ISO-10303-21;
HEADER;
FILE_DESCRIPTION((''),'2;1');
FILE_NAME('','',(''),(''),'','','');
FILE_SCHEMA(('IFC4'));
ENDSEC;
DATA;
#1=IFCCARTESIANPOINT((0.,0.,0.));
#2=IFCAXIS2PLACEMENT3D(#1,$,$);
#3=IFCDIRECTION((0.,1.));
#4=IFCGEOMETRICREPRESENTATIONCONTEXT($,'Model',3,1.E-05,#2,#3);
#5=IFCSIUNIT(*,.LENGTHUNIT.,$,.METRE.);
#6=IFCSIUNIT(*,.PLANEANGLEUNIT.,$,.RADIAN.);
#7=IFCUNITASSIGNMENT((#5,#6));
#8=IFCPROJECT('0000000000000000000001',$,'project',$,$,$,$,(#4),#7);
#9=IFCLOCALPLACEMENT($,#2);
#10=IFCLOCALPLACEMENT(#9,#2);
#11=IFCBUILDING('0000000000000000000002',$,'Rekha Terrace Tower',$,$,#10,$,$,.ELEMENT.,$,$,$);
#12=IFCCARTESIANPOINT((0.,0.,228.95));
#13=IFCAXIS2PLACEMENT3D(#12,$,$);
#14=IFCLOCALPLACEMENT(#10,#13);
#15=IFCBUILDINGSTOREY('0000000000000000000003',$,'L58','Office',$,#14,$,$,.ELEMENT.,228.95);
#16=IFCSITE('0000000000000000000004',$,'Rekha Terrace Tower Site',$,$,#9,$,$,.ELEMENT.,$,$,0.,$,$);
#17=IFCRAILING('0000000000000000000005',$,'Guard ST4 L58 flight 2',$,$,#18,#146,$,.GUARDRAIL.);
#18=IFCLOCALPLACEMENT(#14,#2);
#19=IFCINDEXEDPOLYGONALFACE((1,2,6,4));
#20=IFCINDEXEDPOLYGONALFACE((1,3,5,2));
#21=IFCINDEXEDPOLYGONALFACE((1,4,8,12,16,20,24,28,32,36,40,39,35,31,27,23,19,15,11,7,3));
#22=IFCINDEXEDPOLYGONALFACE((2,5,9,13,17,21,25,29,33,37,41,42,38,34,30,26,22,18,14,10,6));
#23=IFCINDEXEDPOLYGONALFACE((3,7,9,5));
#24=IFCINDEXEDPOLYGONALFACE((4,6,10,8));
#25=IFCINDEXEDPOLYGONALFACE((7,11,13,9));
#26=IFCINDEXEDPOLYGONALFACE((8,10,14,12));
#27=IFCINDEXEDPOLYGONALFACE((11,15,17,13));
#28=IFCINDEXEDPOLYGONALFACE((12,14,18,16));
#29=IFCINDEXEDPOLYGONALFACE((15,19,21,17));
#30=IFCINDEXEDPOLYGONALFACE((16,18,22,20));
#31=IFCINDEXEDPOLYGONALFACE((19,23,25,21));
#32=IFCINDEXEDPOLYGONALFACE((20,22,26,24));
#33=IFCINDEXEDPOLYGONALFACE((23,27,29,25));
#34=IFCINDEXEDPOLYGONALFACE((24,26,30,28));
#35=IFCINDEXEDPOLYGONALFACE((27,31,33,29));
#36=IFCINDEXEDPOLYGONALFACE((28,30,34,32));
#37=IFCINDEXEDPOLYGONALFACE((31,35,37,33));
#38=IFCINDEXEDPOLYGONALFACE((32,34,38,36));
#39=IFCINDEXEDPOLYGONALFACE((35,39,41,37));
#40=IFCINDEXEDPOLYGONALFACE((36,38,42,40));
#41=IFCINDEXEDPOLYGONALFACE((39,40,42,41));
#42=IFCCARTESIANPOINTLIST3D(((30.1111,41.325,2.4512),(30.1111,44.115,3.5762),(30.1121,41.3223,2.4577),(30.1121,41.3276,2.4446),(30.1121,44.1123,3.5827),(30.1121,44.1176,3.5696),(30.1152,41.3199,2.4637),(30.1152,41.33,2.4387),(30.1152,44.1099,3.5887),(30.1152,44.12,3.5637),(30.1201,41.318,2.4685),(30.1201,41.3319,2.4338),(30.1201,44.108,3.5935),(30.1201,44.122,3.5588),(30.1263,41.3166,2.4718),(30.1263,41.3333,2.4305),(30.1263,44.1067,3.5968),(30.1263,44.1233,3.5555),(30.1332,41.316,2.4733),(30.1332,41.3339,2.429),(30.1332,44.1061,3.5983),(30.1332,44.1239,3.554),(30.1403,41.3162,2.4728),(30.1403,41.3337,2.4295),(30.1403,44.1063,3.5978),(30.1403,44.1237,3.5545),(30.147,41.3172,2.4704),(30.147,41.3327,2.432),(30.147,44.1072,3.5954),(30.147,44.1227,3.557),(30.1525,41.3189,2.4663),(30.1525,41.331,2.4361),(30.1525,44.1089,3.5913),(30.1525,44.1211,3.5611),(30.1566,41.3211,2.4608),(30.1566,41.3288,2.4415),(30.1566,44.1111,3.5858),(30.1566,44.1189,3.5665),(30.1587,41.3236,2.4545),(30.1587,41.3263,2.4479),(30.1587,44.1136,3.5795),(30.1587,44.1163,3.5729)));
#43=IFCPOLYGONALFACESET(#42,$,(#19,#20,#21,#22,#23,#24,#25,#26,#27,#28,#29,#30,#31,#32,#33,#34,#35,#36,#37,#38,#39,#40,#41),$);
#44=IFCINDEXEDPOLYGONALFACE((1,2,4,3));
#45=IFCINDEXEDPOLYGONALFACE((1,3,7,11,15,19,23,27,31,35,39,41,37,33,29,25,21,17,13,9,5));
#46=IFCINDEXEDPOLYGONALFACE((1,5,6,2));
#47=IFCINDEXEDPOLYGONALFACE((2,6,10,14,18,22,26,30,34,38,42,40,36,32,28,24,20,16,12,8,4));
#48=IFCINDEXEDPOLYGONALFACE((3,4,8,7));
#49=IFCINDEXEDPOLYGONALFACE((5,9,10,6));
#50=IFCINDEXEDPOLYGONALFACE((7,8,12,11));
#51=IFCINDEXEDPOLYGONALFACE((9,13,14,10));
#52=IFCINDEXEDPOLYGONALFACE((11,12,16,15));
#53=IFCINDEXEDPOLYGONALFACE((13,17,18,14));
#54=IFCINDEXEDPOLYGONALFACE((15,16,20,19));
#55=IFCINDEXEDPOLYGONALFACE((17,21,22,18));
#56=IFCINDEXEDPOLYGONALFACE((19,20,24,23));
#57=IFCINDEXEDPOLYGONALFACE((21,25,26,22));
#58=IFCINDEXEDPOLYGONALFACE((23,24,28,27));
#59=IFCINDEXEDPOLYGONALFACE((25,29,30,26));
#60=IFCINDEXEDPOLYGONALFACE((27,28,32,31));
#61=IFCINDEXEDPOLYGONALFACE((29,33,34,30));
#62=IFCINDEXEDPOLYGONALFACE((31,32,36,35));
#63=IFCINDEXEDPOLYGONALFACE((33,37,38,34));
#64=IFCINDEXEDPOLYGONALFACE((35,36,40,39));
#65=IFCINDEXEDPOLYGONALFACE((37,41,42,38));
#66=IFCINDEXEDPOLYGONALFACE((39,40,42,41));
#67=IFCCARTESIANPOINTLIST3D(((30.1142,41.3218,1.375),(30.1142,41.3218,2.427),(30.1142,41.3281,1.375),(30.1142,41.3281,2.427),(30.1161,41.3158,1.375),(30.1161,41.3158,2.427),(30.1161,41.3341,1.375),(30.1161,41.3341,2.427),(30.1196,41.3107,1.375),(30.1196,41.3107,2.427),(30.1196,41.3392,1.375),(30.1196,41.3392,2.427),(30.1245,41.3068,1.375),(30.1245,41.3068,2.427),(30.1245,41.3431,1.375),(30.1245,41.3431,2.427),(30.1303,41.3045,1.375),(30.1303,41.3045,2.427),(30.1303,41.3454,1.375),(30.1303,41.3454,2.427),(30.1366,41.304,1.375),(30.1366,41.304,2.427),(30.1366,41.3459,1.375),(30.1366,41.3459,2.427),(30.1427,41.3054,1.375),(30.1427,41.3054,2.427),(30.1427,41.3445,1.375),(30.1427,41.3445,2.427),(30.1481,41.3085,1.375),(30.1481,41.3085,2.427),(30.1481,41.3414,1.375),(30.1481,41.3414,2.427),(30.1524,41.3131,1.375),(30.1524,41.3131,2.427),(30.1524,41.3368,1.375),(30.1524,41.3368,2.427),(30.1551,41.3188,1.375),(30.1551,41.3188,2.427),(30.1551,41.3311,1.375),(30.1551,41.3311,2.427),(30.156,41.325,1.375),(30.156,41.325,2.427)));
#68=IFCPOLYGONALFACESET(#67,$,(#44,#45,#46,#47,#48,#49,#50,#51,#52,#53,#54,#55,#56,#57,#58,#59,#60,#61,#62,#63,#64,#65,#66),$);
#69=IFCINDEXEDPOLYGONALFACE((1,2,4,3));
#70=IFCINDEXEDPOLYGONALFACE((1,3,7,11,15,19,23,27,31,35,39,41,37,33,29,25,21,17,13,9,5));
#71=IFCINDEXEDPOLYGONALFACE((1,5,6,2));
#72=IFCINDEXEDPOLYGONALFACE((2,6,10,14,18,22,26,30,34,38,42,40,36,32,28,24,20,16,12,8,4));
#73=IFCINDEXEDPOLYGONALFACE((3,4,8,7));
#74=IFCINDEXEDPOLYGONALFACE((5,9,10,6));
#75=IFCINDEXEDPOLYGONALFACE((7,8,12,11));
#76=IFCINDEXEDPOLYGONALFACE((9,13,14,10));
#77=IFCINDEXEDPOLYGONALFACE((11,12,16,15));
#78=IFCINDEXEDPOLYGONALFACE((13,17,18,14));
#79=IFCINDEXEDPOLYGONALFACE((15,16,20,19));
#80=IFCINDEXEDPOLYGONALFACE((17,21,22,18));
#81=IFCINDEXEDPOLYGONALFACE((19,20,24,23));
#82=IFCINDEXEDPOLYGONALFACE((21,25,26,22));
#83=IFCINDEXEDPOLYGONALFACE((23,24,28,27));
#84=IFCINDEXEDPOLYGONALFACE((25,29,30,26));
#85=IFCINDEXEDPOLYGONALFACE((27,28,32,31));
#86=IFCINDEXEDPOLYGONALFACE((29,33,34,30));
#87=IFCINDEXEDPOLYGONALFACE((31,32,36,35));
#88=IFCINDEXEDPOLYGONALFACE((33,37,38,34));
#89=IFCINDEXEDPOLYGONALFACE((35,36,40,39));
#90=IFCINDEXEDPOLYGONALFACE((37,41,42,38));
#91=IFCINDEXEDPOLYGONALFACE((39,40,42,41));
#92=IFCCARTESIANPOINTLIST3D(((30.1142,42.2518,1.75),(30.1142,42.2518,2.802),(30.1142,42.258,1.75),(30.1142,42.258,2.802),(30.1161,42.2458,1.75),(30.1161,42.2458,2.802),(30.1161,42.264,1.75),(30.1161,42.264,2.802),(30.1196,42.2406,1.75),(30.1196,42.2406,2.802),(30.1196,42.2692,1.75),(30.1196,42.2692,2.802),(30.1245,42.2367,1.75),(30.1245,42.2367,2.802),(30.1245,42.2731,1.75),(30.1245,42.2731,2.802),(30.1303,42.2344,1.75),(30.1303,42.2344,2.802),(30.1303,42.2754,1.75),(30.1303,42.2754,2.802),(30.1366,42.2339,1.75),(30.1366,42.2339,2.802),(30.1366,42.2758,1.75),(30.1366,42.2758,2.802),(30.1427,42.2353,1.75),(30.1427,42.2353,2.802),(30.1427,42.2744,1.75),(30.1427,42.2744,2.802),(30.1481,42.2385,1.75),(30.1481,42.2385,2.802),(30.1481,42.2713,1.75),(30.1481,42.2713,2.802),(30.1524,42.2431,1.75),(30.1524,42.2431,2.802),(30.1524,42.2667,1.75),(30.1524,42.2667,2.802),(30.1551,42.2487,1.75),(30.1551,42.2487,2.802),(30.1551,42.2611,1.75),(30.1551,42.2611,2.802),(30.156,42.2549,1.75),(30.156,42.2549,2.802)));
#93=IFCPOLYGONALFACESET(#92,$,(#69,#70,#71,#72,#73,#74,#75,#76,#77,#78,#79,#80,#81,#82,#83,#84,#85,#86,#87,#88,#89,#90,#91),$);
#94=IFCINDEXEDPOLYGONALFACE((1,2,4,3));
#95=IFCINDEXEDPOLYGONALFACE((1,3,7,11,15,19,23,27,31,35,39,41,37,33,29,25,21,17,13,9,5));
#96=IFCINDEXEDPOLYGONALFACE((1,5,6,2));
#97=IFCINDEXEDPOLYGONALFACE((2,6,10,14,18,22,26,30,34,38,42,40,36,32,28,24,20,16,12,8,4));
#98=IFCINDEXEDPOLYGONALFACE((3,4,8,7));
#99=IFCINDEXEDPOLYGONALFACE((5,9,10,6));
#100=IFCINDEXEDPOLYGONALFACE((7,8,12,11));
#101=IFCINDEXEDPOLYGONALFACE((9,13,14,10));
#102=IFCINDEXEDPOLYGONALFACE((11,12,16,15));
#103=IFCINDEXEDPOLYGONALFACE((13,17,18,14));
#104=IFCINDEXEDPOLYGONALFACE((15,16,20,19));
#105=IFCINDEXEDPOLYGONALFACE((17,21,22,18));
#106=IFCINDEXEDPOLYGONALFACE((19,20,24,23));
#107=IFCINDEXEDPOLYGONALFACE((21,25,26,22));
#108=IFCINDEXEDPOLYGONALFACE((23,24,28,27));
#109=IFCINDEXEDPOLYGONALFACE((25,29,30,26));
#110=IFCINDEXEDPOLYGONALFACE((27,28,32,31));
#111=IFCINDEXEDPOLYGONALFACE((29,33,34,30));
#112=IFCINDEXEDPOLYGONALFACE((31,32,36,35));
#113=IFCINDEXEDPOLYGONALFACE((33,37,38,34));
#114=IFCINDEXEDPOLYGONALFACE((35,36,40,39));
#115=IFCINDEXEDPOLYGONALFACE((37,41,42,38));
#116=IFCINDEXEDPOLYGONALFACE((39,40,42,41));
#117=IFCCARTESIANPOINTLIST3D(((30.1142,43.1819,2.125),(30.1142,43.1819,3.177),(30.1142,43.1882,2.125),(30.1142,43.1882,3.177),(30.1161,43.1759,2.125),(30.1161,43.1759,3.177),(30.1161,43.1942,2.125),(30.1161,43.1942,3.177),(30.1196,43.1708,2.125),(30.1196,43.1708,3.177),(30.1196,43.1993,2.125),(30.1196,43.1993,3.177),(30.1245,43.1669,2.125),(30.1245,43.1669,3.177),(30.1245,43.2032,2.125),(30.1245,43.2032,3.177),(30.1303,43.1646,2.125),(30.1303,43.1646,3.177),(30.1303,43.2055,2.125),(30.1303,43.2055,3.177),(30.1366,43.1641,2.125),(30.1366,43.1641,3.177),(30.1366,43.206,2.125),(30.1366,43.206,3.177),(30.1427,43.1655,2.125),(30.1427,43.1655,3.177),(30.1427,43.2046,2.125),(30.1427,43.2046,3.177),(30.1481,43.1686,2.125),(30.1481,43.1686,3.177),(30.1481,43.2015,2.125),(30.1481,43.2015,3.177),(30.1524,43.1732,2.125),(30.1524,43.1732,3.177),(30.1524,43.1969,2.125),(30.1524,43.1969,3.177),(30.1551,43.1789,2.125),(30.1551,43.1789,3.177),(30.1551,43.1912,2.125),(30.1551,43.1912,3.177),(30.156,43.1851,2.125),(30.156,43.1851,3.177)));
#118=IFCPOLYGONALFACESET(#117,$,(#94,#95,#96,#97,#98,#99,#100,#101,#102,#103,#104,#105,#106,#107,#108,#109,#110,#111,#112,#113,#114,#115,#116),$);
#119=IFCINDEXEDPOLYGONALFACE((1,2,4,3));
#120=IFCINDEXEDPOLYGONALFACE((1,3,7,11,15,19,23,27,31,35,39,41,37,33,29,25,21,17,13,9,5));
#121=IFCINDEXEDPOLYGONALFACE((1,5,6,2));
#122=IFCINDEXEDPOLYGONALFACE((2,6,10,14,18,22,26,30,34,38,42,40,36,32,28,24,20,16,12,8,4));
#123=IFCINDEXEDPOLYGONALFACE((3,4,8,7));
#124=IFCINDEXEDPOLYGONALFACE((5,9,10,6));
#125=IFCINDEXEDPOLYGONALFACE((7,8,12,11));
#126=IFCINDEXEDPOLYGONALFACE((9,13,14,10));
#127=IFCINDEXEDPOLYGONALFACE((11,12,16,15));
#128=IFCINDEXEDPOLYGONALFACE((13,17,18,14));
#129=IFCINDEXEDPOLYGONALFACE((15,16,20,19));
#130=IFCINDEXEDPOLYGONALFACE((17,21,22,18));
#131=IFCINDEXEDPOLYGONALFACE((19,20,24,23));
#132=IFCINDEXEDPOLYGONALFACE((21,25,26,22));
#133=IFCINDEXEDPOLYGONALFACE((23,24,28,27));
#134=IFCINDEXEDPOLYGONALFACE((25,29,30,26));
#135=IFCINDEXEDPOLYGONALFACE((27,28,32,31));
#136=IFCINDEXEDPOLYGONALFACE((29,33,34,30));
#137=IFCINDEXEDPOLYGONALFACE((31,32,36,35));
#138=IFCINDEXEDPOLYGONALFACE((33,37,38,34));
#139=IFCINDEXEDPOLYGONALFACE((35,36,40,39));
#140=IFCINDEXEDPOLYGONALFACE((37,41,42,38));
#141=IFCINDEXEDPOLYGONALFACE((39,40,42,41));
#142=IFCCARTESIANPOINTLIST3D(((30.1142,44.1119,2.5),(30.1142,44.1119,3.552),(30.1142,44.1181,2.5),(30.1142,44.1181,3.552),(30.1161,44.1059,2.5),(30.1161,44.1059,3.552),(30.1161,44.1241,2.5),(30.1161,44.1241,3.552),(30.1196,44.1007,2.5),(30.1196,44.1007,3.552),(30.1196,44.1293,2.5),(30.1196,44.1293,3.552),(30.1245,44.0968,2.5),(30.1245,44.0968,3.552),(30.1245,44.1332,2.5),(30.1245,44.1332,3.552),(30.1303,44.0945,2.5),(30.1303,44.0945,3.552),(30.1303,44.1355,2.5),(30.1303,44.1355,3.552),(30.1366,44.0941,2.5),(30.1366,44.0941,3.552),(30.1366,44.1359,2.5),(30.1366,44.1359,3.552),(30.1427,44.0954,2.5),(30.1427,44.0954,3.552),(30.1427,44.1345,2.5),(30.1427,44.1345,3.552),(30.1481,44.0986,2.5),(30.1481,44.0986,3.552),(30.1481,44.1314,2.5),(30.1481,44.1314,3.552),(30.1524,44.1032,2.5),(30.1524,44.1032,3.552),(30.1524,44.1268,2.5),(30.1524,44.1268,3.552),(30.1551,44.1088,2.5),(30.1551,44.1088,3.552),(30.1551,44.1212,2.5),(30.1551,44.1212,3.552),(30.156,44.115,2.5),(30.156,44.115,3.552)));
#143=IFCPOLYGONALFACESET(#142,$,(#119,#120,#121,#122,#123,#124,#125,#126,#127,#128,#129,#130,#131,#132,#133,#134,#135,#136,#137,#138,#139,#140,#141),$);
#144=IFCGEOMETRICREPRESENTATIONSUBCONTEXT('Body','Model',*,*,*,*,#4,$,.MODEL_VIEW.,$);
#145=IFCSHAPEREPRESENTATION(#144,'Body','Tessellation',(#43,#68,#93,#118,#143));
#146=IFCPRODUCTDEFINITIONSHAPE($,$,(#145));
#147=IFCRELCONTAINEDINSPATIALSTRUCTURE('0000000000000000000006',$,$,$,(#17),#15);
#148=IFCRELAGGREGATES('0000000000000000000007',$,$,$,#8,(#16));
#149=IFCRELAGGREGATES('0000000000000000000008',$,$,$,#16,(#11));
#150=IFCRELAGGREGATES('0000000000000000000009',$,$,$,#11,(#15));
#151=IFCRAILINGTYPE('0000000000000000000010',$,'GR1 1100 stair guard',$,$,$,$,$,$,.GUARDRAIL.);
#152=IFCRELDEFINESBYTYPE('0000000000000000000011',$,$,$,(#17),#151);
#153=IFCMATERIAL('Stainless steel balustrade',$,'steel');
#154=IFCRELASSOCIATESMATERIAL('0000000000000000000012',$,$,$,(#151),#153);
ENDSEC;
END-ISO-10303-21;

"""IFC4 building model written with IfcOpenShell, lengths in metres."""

from ifc_helpers import new_model, si_unit, direction, frame, origin, origin_2d, place, context, subcontext, project, spatial, circle, extrude, material, type_object, element, save


model = new_model("IFC4")

# Units and contexts
model_context = context("Model", 3, precision=1e-05, world=origin(), true_north=direction((0.0, 1.0)))
body_context = subcontext(model_context, "Body", "Model", "MODEL_VIEW")
ifc_project = project(units=[si_unit("LENGTHUNIT", "METRE"), si_unit("PLANEANGLEUNIT", "RADIAN")], contexts=[model_context])

# Site, building, storey
site_placement = place(None, origin())
site = spatial("IfcSite", under=ifc_project, at=site_placement, Name="Rekha Terrace Tower Site", CompositionType="ELEMENT", RefElevation=0.0)
building_placement = place(site_placement, origin())
building = spatial("IfcBuilding", under=site, at=building_placement, Name="Rekha Terrace Tower", CompositionType="ELEMENT")
storey_placement = place(building_placement, frame((0.0, 0.0, 228.95)))
storey = spatial("IfcBuildingStorey", under=building, at=storey_placement, Name="L58", Description="Office", CompositionType="ELEMENT", Elevation=228.95)

# Railing
ifc_material_1 = material(Name="Stainless steel balustrade", Category="steel")
railing_type_1 = type_object("IfcRailingType", Name="GR1 1100 stair guard", PredefinedType="GUARDRAIL", material=ifc_material_1)
railing_1_placement = place(storey_placement, frame((30.135, 41.325, 1.375)))
element("IfcRailing", 1, at=railing_1_placement, inside=storey, type_object=railing_type_1, Name="Guard ST4 L58 flight 2", PredefinedType="GUARDRAIL", context=body_context, shape_type="SweptSolid", body=[
    extrude(circle(Radius=0.0239, at=origin_2d()), frame((0.0, 0.0, 1.0762), z_axis=(0.0, 0.927443, 0.373964), x_axis=(-1.0, 0.0, 0.0)), (0.0, 0.0, 1.0), 3.0083),
    extrude(circle(Radius=0.021, at=origin_2d()), origin(), (0.0, 0.0, 1.0), 1.052),
    extrude(circle(Radius=0.021, at=origin_2d()), frame((0.0, 0.9299, 0.375)), (0.0, 0.0, 1.0), 1.052),
    extrude(circle(Radius=0.021, at=origin_2d()), frame((0.0, 1.8601, 0.75)), (0.0, 0.0, 1.0), 1.052),
    extrude(circle(Radius=0.021, at=origin_2d()), frame((0.0, 2.79, 1.125)), (0.0, 0.0, 1.0), 1.052),
])

save(model, "model.ifc")
